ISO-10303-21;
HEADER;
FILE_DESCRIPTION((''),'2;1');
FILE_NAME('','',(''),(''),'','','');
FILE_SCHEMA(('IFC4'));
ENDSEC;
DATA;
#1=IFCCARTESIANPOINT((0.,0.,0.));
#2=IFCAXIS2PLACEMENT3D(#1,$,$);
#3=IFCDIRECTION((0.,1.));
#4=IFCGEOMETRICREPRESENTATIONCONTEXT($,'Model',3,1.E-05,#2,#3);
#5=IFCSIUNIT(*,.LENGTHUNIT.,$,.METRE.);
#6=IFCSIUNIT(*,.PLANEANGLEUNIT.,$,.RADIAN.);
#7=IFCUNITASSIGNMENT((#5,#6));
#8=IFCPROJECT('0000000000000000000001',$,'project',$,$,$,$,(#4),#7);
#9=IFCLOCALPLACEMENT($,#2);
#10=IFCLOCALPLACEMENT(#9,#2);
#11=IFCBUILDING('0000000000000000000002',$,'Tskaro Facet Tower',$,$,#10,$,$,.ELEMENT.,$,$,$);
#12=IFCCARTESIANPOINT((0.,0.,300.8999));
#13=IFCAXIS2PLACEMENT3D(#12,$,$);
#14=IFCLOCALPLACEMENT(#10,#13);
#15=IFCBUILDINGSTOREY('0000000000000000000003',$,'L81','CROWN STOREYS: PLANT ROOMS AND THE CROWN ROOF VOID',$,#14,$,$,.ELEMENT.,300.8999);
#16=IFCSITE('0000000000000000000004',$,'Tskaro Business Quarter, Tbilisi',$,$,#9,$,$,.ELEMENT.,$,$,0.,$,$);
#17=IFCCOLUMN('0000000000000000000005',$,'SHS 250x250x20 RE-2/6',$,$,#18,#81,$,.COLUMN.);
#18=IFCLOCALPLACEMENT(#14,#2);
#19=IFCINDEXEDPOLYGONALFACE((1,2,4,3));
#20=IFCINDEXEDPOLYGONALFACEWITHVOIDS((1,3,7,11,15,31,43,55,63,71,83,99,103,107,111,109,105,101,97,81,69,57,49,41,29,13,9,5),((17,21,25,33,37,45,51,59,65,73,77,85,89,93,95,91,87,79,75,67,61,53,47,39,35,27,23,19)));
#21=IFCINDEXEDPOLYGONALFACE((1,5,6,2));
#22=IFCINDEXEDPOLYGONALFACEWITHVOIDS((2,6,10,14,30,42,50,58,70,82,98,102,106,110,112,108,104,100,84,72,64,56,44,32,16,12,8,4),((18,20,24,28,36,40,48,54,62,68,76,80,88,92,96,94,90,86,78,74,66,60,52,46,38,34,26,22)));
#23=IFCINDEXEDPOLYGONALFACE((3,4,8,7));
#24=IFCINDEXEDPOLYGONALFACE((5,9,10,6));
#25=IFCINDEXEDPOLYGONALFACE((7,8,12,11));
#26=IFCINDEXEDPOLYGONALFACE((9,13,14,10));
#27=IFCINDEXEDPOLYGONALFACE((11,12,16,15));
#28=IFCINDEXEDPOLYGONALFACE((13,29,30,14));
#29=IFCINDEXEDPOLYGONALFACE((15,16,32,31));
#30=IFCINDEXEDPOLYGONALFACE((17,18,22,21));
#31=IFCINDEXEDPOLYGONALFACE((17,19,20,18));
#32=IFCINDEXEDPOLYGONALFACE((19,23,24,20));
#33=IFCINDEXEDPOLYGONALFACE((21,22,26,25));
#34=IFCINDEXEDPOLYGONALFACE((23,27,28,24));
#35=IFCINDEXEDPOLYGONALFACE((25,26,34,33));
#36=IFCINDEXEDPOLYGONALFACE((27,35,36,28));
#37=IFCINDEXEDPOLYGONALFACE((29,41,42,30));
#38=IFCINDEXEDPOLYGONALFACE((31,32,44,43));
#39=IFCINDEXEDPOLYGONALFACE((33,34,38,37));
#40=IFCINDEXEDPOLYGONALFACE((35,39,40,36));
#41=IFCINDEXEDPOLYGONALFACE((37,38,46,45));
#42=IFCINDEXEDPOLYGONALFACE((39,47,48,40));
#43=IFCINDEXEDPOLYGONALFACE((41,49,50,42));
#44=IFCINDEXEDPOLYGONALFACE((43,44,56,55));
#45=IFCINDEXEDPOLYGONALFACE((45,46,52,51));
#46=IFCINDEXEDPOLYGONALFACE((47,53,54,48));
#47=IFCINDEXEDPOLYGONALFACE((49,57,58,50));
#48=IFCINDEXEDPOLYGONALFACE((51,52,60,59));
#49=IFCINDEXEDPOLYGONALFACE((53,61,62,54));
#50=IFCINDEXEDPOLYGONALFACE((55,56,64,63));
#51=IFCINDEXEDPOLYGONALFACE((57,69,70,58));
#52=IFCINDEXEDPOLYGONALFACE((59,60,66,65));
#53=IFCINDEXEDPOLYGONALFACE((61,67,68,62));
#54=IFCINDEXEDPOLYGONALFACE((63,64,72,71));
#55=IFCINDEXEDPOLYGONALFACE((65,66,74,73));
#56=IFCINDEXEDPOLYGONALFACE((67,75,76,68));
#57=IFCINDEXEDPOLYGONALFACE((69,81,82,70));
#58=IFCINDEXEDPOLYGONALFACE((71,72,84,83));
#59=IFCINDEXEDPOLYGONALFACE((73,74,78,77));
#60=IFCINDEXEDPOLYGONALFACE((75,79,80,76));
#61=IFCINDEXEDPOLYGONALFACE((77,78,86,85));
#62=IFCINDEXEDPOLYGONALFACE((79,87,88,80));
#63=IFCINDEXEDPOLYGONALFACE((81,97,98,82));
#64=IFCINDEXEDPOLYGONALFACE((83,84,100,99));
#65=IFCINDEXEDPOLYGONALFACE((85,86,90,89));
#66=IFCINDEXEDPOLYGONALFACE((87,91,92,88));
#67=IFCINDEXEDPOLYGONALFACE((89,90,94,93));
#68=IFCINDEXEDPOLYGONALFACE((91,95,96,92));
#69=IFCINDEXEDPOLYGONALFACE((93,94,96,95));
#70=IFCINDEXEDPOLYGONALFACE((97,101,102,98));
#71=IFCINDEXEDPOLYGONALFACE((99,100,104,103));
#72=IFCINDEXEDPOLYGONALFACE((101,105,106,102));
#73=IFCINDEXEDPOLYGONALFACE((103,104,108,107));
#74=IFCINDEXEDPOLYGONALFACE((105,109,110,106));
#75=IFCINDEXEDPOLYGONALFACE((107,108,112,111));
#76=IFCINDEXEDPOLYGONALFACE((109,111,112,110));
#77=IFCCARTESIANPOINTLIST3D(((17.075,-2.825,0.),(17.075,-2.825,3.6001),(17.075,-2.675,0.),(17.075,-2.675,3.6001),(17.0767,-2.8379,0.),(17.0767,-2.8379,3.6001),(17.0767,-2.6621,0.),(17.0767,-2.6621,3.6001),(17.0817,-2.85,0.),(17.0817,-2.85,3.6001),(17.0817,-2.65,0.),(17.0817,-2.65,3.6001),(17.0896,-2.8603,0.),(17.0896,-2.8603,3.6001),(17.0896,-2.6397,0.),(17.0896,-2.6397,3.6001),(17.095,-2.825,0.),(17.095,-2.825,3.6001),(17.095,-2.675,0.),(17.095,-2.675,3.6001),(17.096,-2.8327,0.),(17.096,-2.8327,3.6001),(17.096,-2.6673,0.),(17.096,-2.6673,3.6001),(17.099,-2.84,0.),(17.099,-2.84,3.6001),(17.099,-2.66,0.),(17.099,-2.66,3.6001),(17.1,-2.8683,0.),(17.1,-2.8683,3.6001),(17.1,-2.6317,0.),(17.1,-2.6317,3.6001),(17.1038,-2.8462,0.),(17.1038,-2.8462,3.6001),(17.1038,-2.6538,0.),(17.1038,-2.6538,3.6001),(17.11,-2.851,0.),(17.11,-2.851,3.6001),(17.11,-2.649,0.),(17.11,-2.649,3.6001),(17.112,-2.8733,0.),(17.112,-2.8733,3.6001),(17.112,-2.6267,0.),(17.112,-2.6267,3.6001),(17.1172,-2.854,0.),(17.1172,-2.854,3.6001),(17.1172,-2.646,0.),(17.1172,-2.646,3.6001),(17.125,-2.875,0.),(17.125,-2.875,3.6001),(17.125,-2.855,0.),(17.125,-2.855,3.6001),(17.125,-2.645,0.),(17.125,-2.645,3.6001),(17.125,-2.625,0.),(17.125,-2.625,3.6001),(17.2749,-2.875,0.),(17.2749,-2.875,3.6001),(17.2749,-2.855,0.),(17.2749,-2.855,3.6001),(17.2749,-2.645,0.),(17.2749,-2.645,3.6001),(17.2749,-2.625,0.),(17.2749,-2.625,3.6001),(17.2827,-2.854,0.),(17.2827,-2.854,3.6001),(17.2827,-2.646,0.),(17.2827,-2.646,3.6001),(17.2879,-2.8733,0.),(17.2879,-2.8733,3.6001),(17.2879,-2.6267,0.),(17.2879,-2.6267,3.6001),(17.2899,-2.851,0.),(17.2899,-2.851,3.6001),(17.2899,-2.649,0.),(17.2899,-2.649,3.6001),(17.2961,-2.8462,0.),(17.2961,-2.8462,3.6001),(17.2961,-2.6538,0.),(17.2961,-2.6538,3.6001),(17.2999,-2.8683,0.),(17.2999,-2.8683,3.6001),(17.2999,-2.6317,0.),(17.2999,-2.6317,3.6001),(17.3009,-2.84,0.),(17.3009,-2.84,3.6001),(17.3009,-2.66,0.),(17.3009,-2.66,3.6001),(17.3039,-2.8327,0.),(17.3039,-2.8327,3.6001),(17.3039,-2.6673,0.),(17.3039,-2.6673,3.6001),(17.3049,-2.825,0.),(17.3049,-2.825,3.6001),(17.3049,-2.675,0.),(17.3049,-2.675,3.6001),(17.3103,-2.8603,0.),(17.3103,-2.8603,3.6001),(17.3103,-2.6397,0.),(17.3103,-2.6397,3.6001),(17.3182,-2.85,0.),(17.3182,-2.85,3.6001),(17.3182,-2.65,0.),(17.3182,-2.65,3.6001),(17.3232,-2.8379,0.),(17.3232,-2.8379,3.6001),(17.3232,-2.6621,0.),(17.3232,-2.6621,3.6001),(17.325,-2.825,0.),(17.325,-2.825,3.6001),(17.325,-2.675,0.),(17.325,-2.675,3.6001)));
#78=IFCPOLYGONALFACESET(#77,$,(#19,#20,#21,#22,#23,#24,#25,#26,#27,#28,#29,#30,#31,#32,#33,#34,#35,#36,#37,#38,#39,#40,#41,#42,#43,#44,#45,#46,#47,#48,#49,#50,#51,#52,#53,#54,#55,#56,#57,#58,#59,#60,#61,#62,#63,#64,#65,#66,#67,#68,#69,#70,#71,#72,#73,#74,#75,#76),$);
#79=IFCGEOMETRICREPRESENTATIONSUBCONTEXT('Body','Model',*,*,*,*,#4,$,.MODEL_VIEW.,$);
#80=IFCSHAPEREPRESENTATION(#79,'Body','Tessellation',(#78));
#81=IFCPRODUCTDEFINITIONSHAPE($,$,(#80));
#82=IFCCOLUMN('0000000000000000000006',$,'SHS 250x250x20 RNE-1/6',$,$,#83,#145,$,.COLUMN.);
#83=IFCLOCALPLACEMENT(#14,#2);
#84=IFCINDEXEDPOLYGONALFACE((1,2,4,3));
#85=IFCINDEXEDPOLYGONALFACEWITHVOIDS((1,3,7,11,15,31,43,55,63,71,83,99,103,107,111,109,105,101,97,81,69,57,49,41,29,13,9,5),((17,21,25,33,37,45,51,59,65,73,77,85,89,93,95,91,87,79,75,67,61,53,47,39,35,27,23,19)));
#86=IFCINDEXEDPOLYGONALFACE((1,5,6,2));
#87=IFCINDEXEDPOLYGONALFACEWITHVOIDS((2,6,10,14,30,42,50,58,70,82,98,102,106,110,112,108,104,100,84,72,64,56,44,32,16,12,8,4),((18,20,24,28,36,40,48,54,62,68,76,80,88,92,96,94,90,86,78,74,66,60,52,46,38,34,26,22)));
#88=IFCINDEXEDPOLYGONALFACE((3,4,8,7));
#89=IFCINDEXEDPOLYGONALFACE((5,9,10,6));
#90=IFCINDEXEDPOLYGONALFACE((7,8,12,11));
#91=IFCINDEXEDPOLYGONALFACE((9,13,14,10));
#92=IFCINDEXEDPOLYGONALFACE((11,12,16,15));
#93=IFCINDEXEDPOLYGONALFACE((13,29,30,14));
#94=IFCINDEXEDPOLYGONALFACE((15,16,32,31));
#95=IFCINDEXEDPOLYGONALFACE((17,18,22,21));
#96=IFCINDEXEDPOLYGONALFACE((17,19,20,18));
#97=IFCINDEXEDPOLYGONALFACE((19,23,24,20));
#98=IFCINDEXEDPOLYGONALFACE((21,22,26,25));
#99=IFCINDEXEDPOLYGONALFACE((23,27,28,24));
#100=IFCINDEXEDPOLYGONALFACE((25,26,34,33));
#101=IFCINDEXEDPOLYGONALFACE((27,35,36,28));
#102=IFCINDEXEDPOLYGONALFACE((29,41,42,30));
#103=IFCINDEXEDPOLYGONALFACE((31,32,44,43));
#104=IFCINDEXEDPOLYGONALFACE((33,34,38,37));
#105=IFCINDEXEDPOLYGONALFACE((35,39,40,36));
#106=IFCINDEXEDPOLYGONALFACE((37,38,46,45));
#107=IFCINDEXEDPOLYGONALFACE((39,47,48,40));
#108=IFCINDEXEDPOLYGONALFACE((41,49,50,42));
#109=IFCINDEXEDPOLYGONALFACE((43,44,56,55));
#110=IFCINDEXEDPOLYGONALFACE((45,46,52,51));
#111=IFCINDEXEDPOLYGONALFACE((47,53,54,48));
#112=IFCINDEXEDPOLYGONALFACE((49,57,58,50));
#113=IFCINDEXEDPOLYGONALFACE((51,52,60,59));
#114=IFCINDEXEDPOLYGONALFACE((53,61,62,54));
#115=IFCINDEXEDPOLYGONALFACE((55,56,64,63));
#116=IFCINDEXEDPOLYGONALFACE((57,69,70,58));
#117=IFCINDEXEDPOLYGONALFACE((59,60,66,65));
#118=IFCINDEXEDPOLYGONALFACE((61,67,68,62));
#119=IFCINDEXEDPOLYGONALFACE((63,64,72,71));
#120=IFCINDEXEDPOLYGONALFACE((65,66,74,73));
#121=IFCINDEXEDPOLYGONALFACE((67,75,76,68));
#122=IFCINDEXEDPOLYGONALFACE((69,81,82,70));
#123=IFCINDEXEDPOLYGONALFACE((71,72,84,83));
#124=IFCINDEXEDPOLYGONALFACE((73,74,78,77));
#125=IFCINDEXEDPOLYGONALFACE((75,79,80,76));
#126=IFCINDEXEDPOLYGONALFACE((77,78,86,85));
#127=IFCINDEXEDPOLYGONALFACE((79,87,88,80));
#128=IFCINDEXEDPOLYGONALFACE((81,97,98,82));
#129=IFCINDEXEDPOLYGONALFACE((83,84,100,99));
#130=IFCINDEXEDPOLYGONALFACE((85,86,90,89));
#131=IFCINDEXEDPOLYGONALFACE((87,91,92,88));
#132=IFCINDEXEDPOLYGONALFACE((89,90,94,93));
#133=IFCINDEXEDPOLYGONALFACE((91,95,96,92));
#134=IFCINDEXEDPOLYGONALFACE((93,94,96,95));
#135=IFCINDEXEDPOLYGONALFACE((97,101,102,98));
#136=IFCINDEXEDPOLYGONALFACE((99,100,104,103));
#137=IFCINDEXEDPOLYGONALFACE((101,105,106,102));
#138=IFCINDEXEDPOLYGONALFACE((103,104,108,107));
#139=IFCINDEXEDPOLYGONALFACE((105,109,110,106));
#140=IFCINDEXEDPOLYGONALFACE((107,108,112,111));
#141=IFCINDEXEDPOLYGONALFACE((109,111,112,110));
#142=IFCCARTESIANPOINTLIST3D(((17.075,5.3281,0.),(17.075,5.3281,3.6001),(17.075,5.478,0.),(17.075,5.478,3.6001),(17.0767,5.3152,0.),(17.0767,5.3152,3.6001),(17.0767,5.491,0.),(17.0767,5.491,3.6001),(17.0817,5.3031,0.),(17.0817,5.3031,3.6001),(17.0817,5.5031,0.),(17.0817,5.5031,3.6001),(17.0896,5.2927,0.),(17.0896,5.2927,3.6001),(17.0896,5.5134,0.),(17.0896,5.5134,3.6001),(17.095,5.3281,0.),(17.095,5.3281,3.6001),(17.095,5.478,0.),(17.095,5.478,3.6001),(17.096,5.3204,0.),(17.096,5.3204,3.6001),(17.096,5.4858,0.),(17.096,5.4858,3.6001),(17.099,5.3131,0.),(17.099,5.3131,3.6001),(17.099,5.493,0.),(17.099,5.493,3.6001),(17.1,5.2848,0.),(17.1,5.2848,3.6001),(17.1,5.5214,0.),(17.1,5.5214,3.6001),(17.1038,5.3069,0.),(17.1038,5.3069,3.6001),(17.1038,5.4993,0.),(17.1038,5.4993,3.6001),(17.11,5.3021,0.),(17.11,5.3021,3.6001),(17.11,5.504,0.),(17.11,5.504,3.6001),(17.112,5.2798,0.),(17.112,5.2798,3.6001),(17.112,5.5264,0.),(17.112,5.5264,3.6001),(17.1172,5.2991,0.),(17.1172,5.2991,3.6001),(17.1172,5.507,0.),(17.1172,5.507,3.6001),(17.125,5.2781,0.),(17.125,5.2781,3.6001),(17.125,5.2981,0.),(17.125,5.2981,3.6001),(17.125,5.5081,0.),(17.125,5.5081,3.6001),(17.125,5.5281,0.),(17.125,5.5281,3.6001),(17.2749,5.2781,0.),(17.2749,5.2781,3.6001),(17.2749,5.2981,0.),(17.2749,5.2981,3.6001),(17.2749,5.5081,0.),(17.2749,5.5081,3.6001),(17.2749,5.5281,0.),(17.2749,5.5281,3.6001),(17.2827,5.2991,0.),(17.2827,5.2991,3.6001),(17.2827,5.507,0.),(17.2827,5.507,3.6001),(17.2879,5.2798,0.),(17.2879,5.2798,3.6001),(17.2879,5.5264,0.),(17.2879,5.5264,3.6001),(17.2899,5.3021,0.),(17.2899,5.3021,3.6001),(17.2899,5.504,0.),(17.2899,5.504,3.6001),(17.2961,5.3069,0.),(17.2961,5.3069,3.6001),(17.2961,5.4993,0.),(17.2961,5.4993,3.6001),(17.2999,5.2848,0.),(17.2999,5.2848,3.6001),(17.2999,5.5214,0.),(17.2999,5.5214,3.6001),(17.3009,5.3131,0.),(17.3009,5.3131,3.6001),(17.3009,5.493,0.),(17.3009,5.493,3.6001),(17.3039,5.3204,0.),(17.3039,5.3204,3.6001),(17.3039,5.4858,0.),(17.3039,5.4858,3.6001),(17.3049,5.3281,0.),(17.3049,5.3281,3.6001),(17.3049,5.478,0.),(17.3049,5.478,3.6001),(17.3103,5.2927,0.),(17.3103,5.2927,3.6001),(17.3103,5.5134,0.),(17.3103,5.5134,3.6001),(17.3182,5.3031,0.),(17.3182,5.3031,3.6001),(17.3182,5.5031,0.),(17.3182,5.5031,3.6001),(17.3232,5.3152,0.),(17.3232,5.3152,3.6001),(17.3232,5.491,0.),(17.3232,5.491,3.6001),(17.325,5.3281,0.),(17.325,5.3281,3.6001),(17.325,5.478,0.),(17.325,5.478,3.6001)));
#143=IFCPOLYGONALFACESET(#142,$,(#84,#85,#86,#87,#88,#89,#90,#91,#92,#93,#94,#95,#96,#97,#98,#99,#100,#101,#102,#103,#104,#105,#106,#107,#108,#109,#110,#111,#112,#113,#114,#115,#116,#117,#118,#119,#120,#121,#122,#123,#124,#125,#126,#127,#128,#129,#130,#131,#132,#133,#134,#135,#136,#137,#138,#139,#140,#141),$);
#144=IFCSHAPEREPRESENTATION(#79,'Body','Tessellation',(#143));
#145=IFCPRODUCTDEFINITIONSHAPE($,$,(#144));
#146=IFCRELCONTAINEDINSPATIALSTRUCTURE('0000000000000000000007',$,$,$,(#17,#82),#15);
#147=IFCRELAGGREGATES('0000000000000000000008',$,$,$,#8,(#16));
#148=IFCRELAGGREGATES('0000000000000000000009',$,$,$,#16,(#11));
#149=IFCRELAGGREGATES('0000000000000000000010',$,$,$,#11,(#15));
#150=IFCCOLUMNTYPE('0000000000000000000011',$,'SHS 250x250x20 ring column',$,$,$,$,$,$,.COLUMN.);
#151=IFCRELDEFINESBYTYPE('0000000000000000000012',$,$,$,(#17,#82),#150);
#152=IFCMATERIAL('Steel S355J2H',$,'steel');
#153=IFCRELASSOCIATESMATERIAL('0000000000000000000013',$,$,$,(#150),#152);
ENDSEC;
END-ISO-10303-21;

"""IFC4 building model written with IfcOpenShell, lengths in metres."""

from ifc_helpers import new_model, si_unit, direction, frame, origin, origin_2d, place, context, subcontext, project, spatial, hollow_rectangle, extrude, material, material_profile, profile_set, type_object, element, save


model = new_model("IFC4")

# Units and contexts
model_context = context("Model", 3, precision=1e-05, world=origin(), true_north=direction((0.0, 1.0)))
body_context = subcontext(model_context, "Body", "Model", "MODEL_VIEW")
ifc_project = project(units=[si_unit("LENGTHUNIT", "METRE"), si_unit("PLANEANGLEUNIT", "RADIAN")], contexts=[model_context])

# Site, building, storey
site_placement = place(None, origin())
site = spatial("IfcSite", under=ifc_project, at=site_placement, Name="Tskaro Business Quarter, Tbilisi", CompositionType="ELEMENT", RefElevation=0.0)
building_placement = place(site_placement, origin())
building = spatial("IfcBuilding", under=site, at=building_placement, Name="Tskaro Facet Tower", CompositionType="ELEMENT")
storey_placement = place(building_placement, frame((0.0, 0.0, 300.8999)))
storey = spatial("IfcBuildingStorey", under=building, at=storey_placement, Name="L81", Description="CROWN STOREYS: PLANT ROOMS AND THE CROWN ROOF VOID", CompositionType="ELEMENT", Elevation=300.8999)

# Columns
ifc_material_1 = material(Name="Steel S355J2H", Category="steel")
ifc_material_profile_1 = material_profile(ifc_material_1, hollow_rectangle(XDim=0.25, YDim=0.25, WallThickness=0.02, InnerFilletRadius=0.03, OuterFilletRadius=0.05, at=origin_2d()), Name="SHS 250x250x20")
ifc_profile_set_1 = profile_set([ifc_material_profile_1], Name="Steel S355J2H")
column_type = type_object("IfcColumnType", Name="SHS 250x250x20 ring column", PredefinedType="COLUMN", material=ifc_profile_set_1)
for number, where, z_axis, x_axis, name in (
    (1, (17.2, -2.75, 0.0), (0.0, 0.0, 1.0), (1.0, 0.0, 0.0), "SHS 250x250x20 RE-2/6"),
    (2, (17.2, 5.4031, 0.0), (0.0, 0.0, 1.0), (1.0, 0.0, 0.0), "SHS 250x250x20 RNE-1/6"),
):
    element("IfcColumn", number, at=place(storey_placement, frame(where, z_axis=z_axis, x_axis=x_axis)), inside=storey, type_object=column_type, Name=name, PredefinedType="COLUMN", context=body_context, shape_type="SweptSolid", body=[
        extrude(hollow_rectangle(XDim=0.25, YDim=0.25, WallThickness=0.02, InnerFilletRadius=0.03, OuterFilletRadius=0.05, at=origin_2d()), origin(), (0.0, 0.0, 1.0), 3.6001),
    ])

save(model, "model.ifc")
